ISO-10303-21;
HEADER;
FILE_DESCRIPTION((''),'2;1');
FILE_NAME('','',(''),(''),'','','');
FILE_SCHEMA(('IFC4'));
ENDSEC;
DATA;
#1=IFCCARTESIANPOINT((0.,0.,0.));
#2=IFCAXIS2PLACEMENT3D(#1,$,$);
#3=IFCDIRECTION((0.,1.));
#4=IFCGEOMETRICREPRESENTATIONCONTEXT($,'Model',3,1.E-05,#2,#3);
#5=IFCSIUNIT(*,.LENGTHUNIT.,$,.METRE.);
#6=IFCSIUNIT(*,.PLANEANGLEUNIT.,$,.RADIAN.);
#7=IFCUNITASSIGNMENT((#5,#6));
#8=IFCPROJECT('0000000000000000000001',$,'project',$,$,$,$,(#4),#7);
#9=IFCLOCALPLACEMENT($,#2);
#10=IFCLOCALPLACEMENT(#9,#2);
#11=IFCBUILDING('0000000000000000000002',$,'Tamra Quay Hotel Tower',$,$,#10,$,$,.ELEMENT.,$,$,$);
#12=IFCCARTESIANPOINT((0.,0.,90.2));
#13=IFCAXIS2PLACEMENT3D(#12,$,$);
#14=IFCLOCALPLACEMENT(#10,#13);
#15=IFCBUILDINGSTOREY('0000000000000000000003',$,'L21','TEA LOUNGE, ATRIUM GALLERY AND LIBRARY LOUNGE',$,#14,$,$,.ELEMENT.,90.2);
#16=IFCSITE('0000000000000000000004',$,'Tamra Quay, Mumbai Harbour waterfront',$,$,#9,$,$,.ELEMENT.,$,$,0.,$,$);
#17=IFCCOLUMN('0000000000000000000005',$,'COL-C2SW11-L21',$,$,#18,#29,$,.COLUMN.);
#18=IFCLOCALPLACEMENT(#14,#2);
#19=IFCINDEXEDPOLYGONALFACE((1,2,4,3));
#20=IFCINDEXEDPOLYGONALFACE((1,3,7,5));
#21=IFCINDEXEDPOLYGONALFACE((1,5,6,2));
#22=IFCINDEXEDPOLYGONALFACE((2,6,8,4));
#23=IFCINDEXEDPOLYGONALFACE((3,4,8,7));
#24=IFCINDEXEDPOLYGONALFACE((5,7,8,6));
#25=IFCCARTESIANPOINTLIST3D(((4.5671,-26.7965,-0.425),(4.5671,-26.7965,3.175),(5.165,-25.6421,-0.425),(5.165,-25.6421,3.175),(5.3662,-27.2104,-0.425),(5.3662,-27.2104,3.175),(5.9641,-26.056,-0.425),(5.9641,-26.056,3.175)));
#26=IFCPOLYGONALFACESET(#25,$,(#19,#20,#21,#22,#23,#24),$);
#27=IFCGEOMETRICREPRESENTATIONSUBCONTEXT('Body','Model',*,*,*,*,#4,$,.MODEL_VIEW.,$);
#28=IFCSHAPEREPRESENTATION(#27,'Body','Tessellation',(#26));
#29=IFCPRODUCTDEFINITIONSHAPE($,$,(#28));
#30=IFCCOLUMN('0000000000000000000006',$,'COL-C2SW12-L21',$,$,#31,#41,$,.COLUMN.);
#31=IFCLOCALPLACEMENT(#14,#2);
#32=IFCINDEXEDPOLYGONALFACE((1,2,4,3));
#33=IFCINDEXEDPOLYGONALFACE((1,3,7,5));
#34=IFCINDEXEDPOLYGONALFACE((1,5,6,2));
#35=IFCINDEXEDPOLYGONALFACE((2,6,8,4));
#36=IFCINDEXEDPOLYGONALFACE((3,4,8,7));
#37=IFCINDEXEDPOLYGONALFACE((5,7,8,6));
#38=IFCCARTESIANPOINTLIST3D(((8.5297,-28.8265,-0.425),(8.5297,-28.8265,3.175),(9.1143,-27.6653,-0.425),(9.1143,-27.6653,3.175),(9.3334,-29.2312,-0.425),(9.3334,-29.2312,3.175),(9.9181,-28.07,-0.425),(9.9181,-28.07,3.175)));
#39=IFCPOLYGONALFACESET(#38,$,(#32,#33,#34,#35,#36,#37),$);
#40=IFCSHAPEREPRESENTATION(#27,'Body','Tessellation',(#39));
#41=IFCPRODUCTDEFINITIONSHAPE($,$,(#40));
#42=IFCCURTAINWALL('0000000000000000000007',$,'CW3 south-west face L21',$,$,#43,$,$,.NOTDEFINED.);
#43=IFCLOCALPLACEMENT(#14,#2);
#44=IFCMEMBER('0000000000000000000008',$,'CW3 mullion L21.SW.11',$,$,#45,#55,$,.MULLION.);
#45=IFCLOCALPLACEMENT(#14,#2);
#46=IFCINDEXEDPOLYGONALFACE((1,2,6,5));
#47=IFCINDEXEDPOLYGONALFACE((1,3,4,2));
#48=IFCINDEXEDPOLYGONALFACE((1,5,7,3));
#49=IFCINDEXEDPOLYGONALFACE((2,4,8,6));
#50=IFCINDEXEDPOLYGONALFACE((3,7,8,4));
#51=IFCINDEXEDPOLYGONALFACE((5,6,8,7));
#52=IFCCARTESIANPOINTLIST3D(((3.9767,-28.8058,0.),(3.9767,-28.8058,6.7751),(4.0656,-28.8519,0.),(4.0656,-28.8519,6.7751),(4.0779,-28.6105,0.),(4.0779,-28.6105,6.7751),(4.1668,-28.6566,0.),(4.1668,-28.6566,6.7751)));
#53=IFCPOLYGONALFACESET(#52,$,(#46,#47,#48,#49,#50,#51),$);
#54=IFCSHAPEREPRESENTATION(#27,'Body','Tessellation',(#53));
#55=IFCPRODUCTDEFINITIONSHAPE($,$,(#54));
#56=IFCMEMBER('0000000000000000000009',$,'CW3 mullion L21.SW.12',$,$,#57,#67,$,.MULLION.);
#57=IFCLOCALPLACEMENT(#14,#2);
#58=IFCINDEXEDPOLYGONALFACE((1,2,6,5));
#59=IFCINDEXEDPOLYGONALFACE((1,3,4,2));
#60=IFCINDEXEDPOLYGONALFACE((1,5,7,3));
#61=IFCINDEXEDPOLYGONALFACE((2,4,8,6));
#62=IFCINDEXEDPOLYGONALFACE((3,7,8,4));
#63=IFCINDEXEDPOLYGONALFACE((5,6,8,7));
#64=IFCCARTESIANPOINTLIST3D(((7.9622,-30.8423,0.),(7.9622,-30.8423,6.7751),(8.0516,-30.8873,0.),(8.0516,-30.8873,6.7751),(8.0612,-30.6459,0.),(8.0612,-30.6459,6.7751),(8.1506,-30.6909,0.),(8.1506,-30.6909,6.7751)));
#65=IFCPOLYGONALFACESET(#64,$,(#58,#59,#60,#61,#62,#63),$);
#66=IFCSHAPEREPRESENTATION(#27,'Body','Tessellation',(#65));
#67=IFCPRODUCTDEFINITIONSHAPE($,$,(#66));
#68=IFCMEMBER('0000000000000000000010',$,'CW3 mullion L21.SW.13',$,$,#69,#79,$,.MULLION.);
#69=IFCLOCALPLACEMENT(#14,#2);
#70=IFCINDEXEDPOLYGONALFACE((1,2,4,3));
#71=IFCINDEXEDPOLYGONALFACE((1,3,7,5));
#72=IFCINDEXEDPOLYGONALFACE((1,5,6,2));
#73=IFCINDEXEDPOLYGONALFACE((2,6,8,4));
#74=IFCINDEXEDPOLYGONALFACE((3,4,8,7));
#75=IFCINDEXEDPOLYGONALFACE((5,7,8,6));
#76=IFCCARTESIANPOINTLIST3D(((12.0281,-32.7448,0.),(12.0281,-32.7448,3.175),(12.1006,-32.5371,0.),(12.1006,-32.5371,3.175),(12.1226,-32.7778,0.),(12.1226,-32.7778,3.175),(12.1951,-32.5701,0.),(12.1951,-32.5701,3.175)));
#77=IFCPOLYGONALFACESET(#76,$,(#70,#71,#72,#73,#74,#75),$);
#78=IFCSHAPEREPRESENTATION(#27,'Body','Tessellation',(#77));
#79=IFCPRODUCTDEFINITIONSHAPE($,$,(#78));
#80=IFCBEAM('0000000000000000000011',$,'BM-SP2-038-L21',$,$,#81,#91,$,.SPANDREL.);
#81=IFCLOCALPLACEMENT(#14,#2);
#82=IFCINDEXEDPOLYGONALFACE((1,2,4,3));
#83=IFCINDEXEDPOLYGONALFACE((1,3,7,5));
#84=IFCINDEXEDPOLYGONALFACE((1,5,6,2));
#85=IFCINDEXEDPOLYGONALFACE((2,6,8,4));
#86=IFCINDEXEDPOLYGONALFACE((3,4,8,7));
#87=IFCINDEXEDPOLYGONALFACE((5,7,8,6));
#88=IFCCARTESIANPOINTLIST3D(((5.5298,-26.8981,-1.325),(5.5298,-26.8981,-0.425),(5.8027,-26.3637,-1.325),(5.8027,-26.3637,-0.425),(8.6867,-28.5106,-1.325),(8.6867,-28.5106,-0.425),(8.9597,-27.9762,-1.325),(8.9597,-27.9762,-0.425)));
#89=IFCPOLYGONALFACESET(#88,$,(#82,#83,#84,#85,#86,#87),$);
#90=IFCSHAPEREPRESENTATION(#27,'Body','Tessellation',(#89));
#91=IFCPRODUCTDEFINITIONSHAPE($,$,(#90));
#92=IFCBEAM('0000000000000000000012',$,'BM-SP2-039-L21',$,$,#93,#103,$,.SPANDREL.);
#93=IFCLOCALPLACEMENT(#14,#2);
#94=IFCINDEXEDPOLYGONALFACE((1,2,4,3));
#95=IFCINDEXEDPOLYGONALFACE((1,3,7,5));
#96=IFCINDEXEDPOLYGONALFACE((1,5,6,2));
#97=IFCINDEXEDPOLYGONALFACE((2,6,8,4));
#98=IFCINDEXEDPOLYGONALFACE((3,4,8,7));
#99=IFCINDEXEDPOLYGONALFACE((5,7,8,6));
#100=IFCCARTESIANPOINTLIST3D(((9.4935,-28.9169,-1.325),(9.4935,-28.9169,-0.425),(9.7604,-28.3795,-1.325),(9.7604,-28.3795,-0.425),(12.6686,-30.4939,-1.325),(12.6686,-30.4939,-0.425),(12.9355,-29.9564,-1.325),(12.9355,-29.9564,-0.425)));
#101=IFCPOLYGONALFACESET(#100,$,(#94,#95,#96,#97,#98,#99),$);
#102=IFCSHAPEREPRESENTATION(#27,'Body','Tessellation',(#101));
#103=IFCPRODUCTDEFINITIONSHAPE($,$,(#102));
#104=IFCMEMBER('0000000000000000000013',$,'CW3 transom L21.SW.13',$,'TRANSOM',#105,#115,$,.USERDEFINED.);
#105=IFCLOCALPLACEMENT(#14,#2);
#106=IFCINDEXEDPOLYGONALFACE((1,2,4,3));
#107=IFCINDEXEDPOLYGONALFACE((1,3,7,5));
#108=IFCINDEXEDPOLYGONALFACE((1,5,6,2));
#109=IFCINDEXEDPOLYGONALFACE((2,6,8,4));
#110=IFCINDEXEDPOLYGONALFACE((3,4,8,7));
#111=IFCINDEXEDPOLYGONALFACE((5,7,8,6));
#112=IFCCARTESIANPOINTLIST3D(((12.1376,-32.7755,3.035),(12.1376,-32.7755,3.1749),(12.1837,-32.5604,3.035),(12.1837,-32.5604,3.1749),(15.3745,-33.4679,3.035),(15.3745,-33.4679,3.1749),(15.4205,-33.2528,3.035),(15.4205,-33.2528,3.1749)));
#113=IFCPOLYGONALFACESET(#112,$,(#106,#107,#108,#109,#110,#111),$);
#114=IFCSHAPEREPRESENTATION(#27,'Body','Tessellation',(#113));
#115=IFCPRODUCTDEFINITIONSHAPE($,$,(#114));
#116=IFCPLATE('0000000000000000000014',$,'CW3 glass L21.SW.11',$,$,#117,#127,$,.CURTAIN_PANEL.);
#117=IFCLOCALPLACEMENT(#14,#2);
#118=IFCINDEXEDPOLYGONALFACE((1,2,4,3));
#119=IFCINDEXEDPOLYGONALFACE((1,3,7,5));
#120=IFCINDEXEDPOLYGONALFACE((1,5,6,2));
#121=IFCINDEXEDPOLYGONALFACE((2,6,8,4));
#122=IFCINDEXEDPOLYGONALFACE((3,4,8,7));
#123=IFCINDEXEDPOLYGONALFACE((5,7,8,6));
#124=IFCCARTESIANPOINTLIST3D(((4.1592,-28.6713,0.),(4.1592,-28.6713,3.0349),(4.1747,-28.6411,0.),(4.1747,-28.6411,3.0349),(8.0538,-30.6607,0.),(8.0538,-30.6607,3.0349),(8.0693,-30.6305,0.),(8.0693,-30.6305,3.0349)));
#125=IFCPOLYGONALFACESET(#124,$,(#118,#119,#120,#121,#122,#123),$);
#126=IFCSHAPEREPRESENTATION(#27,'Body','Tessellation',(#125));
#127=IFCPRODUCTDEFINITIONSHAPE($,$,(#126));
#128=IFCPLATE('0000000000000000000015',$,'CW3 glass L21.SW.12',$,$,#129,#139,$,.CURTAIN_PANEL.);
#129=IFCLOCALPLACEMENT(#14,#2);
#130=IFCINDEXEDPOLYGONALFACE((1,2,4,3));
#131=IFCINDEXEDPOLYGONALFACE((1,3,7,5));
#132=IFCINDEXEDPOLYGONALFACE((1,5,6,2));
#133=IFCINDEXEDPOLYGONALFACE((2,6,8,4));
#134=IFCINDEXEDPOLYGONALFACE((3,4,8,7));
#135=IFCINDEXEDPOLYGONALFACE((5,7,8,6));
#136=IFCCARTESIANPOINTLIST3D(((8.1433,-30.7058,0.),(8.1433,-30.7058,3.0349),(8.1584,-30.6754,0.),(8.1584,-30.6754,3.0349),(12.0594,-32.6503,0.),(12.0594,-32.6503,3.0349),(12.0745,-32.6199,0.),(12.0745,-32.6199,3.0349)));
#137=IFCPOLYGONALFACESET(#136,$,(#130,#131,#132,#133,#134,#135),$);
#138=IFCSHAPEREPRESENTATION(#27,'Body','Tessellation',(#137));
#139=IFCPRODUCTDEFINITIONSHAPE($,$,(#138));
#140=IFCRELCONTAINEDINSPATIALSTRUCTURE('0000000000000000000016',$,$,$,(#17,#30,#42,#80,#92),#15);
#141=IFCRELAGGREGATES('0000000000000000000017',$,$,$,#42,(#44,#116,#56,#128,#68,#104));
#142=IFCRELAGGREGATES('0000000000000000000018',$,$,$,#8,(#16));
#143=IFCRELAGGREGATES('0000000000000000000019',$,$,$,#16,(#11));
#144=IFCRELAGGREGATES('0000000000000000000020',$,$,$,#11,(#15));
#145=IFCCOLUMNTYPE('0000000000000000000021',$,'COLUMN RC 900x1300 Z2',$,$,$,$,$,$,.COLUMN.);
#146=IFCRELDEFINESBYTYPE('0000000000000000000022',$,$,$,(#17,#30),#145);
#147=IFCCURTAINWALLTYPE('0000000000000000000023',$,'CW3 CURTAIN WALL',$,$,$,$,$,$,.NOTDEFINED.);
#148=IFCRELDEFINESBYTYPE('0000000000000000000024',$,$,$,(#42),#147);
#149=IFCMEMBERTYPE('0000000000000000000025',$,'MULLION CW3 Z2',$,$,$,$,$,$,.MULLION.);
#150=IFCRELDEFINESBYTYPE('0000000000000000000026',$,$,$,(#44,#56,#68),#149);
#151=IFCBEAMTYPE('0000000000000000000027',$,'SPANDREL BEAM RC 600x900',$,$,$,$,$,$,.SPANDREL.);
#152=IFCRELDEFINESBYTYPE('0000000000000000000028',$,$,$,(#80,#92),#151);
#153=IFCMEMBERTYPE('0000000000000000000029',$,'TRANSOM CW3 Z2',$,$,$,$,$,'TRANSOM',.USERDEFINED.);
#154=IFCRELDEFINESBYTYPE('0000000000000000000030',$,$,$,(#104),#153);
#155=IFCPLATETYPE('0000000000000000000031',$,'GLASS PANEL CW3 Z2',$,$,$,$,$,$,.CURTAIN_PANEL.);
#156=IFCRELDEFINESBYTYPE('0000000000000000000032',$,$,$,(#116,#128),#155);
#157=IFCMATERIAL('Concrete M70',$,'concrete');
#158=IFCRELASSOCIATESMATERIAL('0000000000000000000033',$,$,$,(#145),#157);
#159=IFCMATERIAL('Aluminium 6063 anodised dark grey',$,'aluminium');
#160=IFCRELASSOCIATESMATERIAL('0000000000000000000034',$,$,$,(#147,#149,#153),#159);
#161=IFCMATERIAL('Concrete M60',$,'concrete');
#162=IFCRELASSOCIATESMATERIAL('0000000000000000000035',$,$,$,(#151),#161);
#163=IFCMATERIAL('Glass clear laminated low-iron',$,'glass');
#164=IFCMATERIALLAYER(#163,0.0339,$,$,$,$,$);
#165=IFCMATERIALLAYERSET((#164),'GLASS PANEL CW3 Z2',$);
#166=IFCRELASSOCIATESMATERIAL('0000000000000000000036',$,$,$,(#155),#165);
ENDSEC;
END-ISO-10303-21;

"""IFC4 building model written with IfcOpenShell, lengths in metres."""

from ifc_helpers import new_model, si_unit, direction, frame, origin, origin_2d, place, context, subcontext, project, spatial, rectangle, extrude, material, layer, layer_set, material_profile, profile_set, type_object, element, aggregate, save


model = new_model("IFC4")

# Units and contexts
model_context = context("Model", 3, precision=1e-05, world=origin(), true_north=direction((0.0, 1.0)))
body_context = subcontext(model_context, "Body", "Model", "MODEL_VIEW")
ifc_project = project(units=[si_unit("LENGTHUNIT", "METRE"), si_unit("PLANEANGLEUNIT", "RADIAN")], contexts=[model_context])

# Site, building, storey
site_placement = place(None, origin())
site = spatial("IfcSite", under=ifc_project, at=site_placement, Name="Tamra Quay, Mumbai Harbour waterfront", CompositionType="ELEMENT", RefElevation=0.0)
building_placement = place(site_placement, origin())
building = spatial("IfcBuilding", under=site, at=building_placement, Name="Tamra Quay Hotel Tower", CompositionType="ELEMENT")
storey_placement = place(building_placement, frame((0.0, 0.0, 90.2)))
storey = spatial("IfcBuildingStorey", under=building, at=storey_placement, Name="L21", Description="TEA LOUNGE, ATRIUM GALLERY AND LIBRARY LOUNGE", CompositionType="ELEMENT", Elevation=90.2)

# Columns
ifc_material_1 = material(Name="Concrete M70", Category="concrete")
ifc_material_profile_1 = material_profile(ifc_material_1, rectangle(XDim=1.3, YDim=0.8999, at=origin_2d()), Name="COLUMN RC 900x1300 Z2")
ifc_profile_set_1 = profile_set([ifc_material_profile_1], Name="Concrete M70")
column_type = type_object("IfcColumnType", Name="COLUMN RC 900x1300 Z2", PredefinedType="COLUMN", material=ifc_profile_set_1)
for number, where, z_axis, x_axis, name in (
    (1, (5.2656, -26.4263, -0.425), (0.0, 0.0, 1.0), (0.45989, 0.887976, 0.0), "COL-C2SW11-L21"),
    (2, (9.2239, -28.4482, -0.425), (0.0, 0.0, 1.0), (0.449727, 0.893166, 0.0), "COL-C2SW12-L21"),
):
    element("IfcColumn", number, at=place(storey_placement, frame(where, z_axis=z_axis, x_axis=x_axis)), inside=storey, type_object=column_type, Name=name, PredefinedType="COLUMN", context=body_context, shape_type="SweptSolid", body=[
        extrude(rectangle(XDim=1.3, YDim=0.8999, at=origin_2d()), origin(), (0.0, 0.0, 1.0), 3.6001),
    ])

# Curtain wall, members
ifc_material_2 = material(Name="Aluminium 6063 anodised dark grey", Category="aluminium")
curtain_wall_type = type_object("IfcCurtainWallType", Name="CW3 CURTAIN WALL", PredefinedType="NOTDEFINED", material=ifc_material_2)
curtain_wall_placement = place(storey_placement, origin())
curtain_wall = element("IfcCurtainWall", 3, at=curtain_wall_placement, inside=storey, type_object=curtain_wall_type, Name="CW3 south-west face L21", PredefinedType="NOTDEFINED")
ifc_material_profile_2 = material_profile(ifc_material_2, rectangle(XDim=0.22, YDim=0.1001, at=origin_2d()), Name="MULLION 100X220")
ifc_profile_set_2 = profile_set([ifc_material_profile_2], Name="Aluminium 6063 anodised dark grey")
member_type_1 = type_object("IfcMemberType", Name="MULLION CW3 Z2", PredefinedType="MULLION", material=ifc_profile_set_2)
member_1_placement = place(storey_placement, frame((4.0718, -28.7312, 0.0), z_axis=(0.0, 0.0, 1.0), x_axis=(-0.45996, -0.88794, 0.0)))
member_1 = element("IfcMember", 4, at=member_1_placement, type_object=member_type_1, Name="CW3 mullion L21.SW.11", PredefinedType="MULLION", context=body_context, shape_type="SweptSolid", body=[
    extrude(rectangle(XDim=0.22, YDim=0.1001, at=origin_2d()), origin(), (0.0, 0.0, 1.0), 6.7751),
])
member_2_placement = place(storey_placement, frame((8.0564, -30.7666, 0.0), z_axis=(0.0, 0.0, 1.0), x_axis=(-0.449827, -0.893116, 0.0)))
member_2 = element("IfcMember", 5, at=member_2_placement, type_object=member_type_1, Name="CW3 mullion L21.SW.12", PredefinedType="MULLION", context=body_context, shape_type="SweptSolid", body=[
    extrude(rectangle(XDim=0.22, YDim=0.1001, at=origin_2d()), origin(), (0.0, 0.0, 1.0), 6.7751),
])
member_3_placement = place(storey_placement, frame((12.1116, -32.6575, 0.0), z_axis=(0.0, 0.0, 1.0), x_axis=(-0.329532, -0.944144, 0.0)))
member_3 = element("IfcMember", 6, at=member_3_placement, type_object=member_type_1, Name="CW3 mullion L21.SW.13", PredefinedType="MULLION", context=body_context, shape_type="SweptSolid", body=[
    extrude(rectangle(XDim=0.22, YDim=0.1001, at=origin_2d()), origin(), (0.0, 0.0, 1.0), 3.175),
])

# Beams
ifc_material_3 = material(Name="Concrete M60", Category="concrete")
ifc_material_profile_3 = material_profile(ifc_material_3, rectangle(XDim=0.6001, YDim=0.8999, at=origin_2d()), Name="SPANDREL BEAM RC 600x900")
ifc_profile_set_3 = profile_set([ifc_material_profile_3], Name="Concrete M60")
beam_type = type_object("IfcBeamType", Name="SPANDREL BEAM RC 600x900", PredefinedType="SPANDREL", material=ifc_profile_set_3)
beam_1_placement = place(storey_placement, frame((5.6663, -26.6309, -0.875), z_axis=(0.890551, -0.454883, 0.0), x_axis=(0.454883, 0.890551, 0.0)))
element("IfcBeam", 7, at=beam_1_placement, inside=storey, type_object=beam_type, Name="BM-SP2-038-L21", PredefinedType="SPANDREL", context=body_context, shape_type="SweptSolid", body=[
    extrude(rectangle(XDim=0.6001, YDim=0.8999, at=origin_2d()), origin(), (0.0, 0.0, 1.0), 3.5449),
])
beam_2_placement = place(storey_placement, frame((9.627, -28.6482, -0.875), z_axis=(0.895622, -0.444815, 0.0), x_axis=(0.444815, 0.895622, 0.0)))
element("IfcBeam", 8, at=beam_2_placement, inside=storey, type_object=beam_type, Name="BM-SP2-039-L21", PredefinedType="SPANDREL", context=body_context, shape_type="SweptSolid", body=[
    extrude(rectangle(XDim=0.6001, YDim=0.8999, at=origin_2d()), origin(), (0.0, 0.0, 1.0), 3.5452),
])

# Member
ifc_material_profile_4 = material_profile(ifc_material_2, rectangle(XDim=0.22, YDim=0.1399, at=origin_2d()), Name="TRANSOM 220X140")
ifc_profile_set_4 = profile_set([ifc_material_profile_4], Name="Aluminium 6063 anodised dark grey")
member_type_2 = type_object("IfcMemberType", Name="TRANSOM CW3 Z2", ElementType="TRANSOM", PredefinedType="USERDEFINED", material=ifc_profile_set_4)
member_4_placement = place(storey_placement, frame((12.1606, -32.668, 3.105), z_axis=(0.977878, -0.209176, 0.0), x_axis=(0.209176, 0.977878, 0.0)))
member_4 = element("IfcMember", 9, at=member_4_placement, type_object=member_type_2, Name="CW3 transom L21.SW.13", ObjectType="TRANSOM", PredefinedType="USERDEFINED", context=body_context, shape_type="SweptSolid", body=[
    extrude(rectangle(XDim=0.22, YDim=0.1399, at=origin_2d()), origin(), (0.0, 0.0, 1.0), 3.3101),
])

# Plates
ifc_material_4 = material(Name="Glass clear laminated low-iron", Category="glass")
ifc_layer_1 = layer(ifc_material_4, 0.0339)
ifc_layer_set_1 = layer_set([ifc_layer_1], Name="GLASS PANEL CW3 Z2")
plate_type = type_object("IfcPlateType", Name="GLASS PANEL CW3 Z2", PredefinedType="CURTAIN_PANEL", material=ifc_layer_set_1)
plate_1_placement = place(storey_placement, frame((6.1143, -29.6509, 0.0), z_axis=(0.0, 0.0, 1.0), x_axis=(0.890545, -0.454896, 0.0)))
plate_1 = element("IfcPlate", 10, at=plate_1_placement, type_object=plate_type, Name="CW3 glass L21.SW.11", PredefinedType="CURTAIN_PANEL", context=body_context, shape_type="SweptSolid", body=[
    extrude(rectangle(XDim=4.3733, YDim=0.0339, at=origin_2d()), origin(), (0.0, 0.0, 1.0), 3.0349),
])
plate_2_placement = place(storey_placement, frame((10.1089, -31.6628, 0.0), z_axis=(0.0, 0.0, 1.0), x_axis=(0.895658, -0.444743, 0.0)))
plate_2 = element("IfcPlate", 11, at=plate_2_placement, type_object=plate_type, Name="CW3 glass L21.SW.12", PredefinedType="CURTAIN_PANEL", context=body_context, shape_type="SweptSolid", body=[
    extrude(rectangle(XDim=4.3723, YDim=0.0339, at=origin_2d()), origin(), (0.0, 0.0, 1.0), 3.0349),
])
aggregate(curtain_wall, [member_1, plate_1, member_2, plate_2, member_3, member_4])

save(model, "model.ifc")
